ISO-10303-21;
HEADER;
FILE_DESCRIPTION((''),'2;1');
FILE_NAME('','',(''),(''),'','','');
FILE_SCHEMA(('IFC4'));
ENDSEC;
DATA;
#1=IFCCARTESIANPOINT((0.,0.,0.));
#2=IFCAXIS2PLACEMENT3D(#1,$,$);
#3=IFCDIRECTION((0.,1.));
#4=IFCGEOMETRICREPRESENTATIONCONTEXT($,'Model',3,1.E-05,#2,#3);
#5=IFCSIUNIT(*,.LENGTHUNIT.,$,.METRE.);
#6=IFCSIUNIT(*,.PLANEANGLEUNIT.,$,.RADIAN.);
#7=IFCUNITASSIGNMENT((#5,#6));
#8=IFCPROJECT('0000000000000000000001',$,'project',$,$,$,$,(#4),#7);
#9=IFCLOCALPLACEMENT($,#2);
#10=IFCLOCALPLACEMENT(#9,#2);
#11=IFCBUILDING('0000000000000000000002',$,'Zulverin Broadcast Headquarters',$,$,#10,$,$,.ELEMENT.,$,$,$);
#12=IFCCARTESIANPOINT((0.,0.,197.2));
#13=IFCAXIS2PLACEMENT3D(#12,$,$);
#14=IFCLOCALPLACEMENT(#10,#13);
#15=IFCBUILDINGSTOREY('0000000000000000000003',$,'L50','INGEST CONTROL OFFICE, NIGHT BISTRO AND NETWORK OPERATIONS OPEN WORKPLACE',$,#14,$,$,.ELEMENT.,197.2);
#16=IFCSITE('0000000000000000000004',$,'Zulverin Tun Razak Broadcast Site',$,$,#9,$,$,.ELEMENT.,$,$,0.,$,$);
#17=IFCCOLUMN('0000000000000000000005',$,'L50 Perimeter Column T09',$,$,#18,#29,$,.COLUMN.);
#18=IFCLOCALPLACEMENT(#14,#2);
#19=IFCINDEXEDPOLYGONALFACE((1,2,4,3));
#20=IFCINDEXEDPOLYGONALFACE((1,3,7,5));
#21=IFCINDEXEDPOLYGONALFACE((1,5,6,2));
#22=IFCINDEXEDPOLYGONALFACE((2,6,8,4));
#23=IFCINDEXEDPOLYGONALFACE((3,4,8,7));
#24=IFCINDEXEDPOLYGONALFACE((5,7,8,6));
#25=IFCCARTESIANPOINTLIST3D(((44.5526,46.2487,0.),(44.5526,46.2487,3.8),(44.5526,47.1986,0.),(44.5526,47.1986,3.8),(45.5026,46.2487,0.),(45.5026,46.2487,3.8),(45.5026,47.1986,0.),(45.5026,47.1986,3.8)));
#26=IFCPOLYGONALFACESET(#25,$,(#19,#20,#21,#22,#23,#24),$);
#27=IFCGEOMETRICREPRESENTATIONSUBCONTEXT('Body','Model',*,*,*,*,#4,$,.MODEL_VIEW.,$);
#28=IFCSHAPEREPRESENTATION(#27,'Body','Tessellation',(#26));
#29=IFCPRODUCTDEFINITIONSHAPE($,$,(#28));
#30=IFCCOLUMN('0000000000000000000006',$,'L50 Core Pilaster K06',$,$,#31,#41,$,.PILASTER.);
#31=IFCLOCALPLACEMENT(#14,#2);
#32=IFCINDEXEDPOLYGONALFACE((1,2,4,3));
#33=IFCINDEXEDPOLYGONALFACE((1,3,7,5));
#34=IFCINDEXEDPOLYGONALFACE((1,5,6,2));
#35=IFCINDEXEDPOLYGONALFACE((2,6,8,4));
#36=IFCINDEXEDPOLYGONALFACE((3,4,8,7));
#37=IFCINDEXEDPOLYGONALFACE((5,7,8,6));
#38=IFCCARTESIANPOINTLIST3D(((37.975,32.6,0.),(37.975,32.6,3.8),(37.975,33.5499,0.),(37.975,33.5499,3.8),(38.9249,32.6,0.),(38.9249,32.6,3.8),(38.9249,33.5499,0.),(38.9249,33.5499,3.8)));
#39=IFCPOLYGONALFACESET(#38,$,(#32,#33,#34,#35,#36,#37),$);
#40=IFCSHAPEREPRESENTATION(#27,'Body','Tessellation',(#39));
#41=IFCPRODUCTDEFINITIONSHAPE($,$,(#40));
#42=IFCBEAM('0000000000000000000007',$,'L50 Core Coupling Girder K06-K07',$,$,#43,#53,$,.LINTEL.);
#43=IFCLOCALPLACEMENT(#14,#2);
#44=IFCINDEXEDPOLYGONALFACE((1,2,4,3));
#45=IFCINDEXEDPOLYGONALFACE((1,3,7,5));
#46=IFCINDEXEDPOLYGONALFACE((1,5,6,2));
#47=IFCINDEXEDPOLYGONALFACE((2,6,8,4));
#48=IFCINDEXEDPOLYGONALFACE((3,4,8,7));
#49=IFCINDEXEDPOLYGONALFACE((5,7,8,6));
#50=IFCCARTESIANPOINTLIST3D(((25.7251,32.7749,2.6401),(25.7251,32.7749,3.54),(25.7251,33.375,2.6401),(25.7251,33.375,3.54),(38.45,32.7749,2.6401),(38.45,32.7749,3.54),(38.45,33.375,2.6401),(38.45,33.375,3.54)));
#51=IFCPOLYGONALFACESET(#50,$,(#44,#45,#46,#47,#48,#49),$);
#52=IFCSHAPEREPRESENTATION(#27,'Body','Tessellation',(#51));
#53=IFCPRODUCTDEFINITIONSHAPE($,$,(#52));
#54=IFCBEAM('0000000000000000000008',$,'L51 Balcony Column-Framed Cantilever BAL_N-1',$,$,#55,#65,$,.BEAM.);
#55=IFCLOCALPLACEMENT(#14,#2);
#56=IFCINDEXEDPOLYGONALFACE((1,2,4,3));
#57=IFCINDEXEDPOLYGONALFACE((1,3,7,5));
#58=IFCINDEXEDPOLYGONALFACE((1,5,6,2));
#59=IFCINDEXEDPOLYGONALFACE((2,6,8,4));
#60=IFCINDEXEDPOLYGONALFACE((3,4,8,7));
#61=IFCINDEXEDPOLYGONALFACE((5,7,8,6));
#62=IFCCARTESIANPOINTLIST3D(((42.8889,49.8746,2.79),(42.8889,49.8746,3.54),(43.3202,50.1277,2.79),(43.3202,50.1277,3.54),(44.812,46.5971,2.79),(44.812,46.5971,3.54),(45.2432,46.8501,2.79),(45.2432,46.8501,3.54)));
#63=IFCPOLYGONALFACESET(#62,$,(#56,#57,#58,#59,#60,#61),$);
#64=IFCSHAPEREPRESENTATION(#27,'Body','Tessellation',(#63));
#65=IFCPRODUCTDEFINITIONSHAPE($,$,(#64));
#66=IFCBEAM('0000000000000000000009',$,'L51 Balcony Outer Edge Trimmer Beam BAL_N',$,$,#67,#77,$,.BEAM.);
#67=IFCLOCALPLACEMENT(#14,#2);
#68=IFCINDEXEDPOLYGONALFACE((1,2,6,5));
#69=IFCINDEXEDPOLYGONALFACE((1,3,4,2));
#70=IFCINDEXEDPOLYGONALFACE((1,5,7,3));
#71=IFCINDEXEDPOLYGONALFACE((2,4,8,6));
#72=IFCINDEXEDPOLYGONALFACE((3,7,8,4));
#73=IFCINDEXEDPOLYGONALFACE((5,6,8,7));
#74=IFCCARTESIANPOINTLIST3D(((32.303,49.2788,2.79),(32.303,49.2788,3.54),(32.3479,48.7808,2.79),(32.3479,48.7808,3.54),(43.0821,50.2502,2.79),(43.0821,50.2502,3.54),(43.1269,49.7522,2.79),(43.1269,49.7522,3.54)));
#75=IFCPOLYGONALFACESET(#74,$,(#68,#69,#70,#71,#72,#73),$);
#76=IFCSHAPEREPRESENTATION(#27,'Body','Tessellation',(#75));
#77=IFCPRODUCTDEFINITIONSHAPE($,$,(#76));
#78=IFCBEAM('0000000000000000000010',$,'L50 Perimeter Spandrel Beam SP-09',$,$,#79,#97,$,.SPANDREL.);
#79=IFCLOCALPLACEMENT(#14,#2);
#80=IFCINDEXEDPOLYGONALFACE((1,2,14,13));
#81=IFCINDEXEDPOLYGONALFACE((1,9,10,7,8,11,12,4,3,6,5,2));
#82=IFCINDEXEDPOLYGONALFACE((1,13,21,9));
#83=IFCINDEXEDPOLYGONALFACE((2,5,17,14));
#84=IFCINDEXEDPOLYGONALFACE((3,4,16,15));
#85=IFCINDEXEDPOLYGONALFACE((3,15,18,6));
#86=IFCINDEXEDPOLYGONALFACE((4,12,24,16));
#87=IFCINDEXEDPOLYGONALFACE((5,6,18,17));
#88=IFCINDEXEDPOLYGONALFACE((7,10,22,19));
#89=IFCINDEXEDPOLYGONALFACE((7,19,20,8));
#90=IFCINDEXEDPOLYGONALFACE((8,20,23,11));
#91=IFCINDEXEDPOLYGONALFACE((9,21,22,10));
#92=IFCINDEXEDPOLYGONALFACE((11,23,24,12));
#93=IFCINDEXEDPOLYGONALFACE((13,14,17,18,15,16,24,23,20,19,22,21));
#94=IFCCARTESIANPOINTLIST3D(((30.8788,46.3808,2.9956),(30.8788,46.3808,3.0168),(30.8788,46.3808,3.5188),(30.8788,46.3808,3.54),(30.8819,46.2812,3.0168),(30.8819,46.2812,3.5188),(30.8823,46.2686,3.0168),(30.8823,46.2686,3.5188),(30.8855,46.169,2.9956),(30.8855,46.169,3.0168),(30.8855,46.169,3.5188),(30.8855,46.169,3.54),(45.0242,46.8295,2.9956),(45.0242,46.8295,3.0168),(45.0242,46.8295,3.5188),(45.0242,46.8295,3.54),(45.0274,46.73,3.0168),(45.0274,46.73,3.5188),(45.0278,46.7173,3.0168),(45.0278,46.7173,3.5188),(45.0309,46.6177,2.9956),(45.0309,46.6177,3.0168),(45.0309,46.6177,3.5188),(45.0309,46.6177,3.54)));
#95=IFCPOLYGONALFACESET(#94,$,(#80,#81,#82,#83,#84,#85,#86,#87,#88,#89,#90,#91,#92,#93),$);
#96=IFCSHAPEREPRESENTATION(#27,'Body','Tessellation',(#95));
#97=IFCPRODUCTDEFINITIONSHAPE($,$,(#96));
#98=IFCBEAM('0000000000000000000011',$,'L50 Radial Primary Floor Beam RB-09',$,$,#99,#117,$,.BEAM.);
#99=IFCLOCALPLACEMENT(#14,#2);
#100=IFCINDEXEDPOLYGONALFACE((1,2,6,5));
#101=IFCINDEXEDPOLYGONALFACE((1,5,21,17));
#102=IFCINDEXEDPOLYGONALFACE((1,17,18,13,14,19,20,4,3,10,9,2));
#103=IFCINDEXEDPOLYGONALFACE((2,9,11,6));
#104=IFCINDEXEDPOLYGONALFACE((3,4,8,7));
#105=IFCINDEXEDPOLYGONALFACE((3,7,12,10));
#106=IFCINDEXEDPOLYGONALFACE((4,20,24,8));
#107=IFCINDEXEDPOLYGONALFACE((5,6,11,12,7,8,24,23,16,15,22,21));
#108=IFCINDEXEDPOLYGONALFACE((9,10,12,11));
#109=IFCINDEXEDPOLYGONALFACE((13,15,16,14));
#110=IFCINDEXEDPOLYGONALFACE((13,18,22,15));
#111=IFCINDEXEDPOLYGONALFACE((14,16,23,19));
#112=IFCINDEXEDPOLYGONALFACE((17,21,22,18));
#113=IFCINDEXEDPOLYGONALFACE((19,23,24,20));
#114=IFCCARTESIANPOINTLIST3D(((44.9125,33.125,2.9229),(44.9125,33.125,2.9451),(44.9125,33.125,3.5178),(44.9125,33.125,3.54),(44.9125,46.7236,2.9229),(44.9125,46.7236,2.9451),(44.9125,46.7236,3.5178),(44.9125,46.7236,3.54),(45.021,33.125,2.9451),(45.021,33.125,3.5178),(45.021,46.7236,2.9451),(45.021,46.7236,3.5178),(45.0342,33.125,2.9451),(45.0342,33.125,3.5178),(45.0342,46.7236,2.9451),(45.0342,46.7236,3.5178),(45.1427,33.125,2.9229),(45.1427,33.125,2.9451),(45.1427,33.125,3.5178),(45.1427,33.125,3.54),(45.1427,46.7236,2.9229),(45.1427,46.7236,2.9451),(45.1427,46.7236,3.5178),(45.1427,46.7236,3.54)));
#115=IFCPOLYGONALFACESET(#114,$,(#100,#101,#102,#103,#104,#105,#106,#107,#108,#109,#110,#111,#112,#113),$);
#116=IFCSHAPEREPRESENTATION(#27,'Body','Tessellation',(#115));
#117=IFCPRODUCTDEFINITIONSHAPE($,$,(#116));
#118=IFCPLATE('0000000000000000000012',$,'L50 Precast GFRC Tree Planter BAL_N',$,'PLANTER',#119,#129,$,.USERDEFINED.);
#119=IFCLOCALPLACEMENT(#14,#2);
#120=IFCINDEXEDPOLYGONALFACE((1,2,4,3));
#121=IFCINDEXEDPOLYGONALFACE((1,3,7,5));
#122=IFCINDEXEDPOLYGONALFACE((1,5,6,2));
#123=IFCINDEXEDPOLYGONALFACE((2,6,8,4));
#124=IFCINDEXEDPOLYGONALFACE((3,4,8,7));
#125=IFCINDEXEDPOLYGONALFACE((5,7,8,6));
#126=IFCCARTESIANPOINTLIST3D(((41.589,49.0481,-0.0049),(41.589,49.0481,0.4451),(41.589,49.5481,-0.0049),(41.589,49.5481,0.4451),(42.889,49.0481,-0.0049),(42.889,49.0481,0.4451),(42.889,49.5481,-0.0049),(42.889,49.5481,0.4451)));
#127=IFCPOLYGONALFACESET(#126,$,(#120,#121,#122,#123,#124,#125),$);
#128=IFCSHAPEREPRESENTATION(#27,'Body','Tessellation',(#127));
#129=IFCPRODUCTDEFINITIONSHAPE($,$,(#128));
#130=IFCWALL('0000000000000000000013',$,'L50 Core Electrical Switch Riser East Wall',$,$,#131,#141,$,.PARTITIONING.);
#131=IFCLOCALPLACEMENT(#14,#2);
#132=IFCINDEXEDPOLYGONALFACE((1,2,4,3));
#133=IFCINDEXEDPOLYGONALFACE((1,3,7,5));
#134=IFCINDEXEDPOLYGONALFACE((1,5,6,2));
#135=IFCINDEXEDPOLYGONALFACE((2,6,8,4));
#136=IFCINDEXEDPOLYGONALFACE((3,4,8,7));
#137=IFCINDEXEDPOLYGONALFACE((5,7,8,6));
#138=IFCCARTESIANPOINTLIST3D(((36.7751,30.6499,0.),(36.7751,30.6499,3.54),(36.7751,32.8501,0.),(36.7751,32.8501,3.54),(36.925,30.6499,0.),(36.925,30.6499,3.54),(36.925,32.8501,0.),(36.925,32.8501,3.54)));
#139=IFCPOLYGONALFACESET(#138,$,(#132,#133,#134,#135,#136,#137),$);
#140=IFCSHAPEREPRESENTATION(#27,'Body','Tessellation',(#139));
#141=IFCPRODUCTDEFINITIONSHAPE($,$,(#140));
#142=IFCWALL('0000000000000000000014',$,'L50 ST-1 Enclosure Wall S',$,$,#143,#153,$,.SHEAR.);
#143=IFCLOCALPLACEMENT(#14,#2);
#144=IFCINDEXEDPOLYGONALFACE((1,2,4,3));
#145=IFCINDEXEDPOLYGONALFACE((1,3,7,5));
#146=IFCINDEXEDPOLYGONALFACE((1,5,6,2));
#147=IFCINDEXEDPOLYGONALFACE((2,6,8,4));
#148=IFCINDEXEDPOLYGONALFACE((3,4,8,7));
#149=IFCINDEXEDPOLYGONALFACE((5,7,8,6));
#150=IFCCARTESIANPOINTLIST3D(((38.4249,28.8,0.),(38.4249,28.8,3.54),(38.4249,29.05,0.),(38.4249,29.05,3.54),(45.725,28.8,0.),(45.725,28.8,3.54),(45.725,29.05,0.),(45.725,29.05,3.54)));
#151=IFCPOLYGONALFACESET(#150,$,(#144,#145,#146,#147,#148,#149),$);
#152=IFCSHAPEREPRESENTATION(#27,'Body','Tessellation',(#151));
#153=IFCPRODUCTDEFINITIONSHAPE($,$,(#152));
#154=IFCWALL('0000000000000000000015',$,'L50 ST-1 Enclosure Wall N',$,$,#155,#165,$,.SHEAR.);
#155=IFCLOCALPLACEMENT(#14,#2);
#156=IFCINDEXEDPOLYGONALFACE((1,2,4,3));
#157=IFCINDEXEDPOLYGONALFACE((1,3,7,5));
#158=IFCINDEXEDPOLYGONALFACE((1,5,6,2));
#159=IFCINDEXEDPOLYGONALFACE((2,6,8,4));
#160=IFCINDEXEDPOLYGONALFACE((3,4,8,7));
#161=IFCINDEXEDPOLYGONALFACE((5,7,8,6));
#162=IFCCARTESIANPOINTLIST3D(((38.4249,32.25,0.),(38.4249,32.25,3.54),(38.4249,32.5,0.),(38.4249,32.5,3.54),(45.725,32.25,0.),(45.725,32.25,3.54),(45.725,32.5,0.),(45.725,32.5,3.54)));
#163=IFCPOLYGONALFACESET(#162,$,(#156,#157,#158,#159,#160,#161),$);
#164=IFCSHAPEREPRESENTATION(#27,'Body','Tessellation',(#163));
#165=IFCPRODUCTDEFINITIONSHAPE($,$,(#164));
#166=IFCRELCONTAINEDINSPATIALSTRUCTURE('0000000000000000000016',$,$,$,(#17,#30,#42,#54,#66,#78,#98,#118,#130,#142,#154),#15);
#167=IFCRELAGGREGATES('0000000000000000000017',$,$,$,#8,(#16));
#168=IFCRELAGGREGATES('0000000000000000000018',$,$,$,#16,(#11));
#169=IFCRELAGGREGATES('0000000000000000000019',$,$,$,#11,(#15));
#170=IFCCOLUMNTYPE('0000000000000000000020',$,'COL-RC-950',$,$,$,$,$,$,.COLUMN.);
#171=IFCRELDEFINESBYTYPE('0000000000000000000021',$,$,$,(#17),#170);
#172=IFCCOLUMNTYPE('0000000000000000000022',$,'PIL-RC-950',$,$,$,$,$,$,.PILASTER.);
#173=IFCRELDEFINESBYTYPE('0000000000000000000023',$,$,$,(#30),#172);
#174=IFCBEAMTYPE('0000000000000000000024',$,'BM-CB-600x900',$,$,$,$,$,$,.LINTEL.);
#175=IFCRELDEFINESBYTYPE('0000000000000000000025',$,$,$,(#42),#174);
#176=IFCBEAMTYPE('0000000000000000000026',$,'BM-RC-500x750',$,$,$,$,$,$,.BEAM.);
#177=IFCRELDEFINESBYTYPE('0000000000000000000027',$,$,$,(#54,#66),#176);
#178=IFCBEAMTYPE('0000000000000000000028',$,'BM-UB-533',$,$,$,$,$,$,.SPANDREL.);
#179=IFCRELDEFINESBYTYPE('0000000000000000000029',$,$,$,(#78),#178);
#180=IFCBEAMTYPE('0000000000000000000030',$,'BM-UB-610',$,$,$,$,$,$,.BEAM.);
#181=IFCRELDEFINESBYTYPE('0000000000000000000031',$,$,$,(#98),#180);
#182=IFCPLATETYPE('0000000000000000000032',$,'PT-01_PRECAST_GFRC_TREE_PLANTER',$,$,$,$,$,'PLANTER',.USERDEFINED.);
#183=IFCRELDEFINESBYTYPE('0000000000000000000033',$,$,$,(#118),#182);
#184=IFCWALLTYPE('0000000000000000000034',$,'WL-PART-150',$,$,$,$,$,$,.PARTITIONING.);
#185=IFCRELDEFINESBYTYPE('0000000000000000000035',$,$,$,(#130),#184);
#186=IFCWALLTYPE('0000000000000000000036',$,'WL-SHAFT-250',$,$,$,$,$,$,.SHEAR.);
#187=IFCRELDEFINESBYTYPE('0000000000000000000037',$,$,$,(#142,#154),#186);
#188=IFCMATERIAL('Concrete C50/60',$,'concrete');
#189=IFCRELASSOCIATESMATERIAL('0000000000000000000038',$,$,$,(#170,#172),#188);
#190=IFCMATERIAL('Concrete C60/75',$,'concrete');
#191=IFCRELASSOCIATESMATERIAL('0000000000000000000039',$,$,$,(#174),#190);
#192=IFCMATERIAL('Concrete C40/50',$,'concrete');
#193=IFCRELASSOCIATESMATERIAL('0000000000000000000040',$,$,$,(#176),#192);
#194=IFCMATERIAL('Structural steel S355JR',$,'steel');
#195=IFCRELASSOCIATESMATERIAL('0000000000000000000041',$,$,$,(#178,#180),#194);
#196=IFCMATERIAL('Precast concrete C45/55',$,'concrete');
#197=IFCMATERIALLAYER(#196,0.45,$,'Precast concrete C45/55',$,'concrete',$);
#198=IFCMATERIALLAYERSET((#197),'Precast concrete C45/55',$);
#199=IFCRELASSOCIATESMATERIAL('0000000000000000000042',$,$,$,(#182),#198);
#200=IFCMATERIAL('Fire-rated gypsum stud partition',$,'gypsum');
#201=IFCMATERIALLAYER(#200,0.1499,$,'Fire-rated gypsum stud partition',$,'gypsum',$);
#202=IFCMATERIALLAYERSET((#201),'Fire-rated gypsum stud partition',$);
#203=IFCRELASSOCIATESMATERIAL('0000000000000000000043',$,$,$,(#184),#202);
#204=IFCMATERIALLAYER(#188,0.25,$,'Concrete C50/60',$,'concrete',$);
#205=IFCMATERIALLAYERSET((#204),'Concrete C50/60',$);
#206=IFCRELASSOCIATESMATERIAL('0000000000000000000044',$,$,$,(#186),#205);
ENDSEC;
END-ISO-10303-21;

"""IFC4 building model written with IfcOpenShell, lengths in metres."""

from ifc_helpers import new_model, si_unit, direction, frame, frame_2d, origin, origin_2d, place, context, subcontext, project, spatial, rectangle, i_section, extrude, material, layer, layer_set, material_profile, profile_set, type_object, element, save


model = new_model("IFC4")

# Units and contexts
model_context = context("Model", 3, precision=1e-05, world=origin(), true_north=direction((0.0, 1.0)))
body_context = subcontext(model_context, "Body", "Model", "MODEL_VIEW")
ifc_project = project(units=[si_unit("LENGTHUNIT", "METRE"), si_unit("PLANEANGLEUNIT", "RADIAN")], contexts=[model_context])

# Site, building, storey
site_placement = place(None, origin())
site = spatial("IfcSite", under=ifc_project, at=site_placement, Name="Zulverin Tun Razak Broadcast Site", CompositionType="ELEMENT", RefElevation=0.0)
building_placement = place(site_placement, origin())
building = spatial("IfcBuilding", under=site, at=building_placement, Name="Zulverin Broadcast Headquarters", CompositionType="ELEMENT")
storey_placement = place(building_placement, frame((0.0, 0.0, 197.2)))
storey = spatial("IfcBuildingStorey", under=building, at=storey_placement, Name="L50", Description="INGEST CONTROL OFFICE, NIGHT BISTRO AND NETWORK OPERATIONS OPEN WORKPLACE", CompositionType="ELEMENT", Elevation=197.2)

# Columns
ifc_material_1 = material(Name="Concrete C50/60", Category="concrete")
ifc_material_profile_1 = material_profile(ifc_material_1, rectangle(XDim=0.95, YDim=0.95, at=origin_2d()), Name="Concrete C50/60", Category="concrete")
ifc_profile_set_1 = profile_set([ifc_material_profile_1], Name="Concrete C50/60")
column_type_1 = type_object("IfcColumnType", Name="COL-RC-950", PredefinedType="COLUMN", material=ifc_profile_set_1)
column_1_placement = place(storey_placement, frame((45.0276, 46.7236, 0.0), z_axis=(0.0, 0.0, 1.0), x_axis=(1.0, 0.0, 0.0)))
element("IfcColumn", 1, at=column_1_placement, inside=storey, type_object=column_type_1, Name="L50 Perimeter Column T09", PredefinedType="COLUMN", context=body_context, shape_type="SweptSolid", body=[
    extrude(rectangle(XDim=0.95, YDim=0.95, at=origin_2d()), origin(), (0.0, 0.0, 1.0), 3.8),
])
ifc_material_profile_2 = material_profile(ifc_material_1, rectangle(XDim=0.95, YDim=0.95, at=origin_2d()), Name="Concrete C50/60", Category="concrete")
ifc_profile_set_2 = profile_set([ifc_material_profile_2], Name="Concrete C50/60")
column_type_2 = type_object("IfcColumnType", Name="PIL-RC-950", PredefinedType="PILASTER", material=ifc_profile_set_2)
column_2_placement = place(storey_placement, frame((38.45, 33.075, 0.0), z_axis=(0.0, 0.0, 1.0), x_axis=(1.0, 0.0, 0.0)))
element("IfcColumn", 2, at=column_2_placement, inside=storey, type_object=column_type_2, Name="L50 Core Pilaster K06", PredefinedType="PILASTER", context=body_context, shape_type="SweptSolid", body=[
    extrude(rectangle(XDim=0.95, YDim=0.95, at=origin_2d()), origin(), (0.0, 0.0, 1.0), 3.8),
])

# Beams
ifc_material_2 = material(Name="Concrete C60/75", Category="concrete")
ifc_material_profile_3 = material_profile(ifc_material_2, rectangle(XDim=0.6001, YDim=0.8999, at=origin_2d()), Name="Concrete C60/75", Category="concrete")
ifc_profile_set_3 = profile_set([ifc_material_profile_3], Name="Concrete C60/75")
beam_type_1 = type_object("IfcBeamType", Name="BM-CB-600x900", PredefinedType="LINTEL", material=ifc_profile_set_3)
beam_1_placement = place(storey_placement, frame((38.45, 33.075, 3.0901), z_axis=(-1.0, 0.0, 0.0), x_axis=(0.0, -1.0, 0.0)))
element("IfcBeam", 3, at=beam_1_placement, inside=storey, type_object=beam_type_1, Name="L50 Core Coupling Girder K06-K07", PredefinedType="LINTEL", context=body_context, shape_type="SweptSolid", body=[
    extrude(rectangle(XDim=0.6001, YDim=0.8999, at=origin_2d()), origin(), (0.0, 0.0, 1.0), 12.7249),
])
ifc_material_3 = material(Name="Concrete C40/50", Category="concrete")
ifc_material_profile_4 = material_profile(ifc_material_3, rectangle(XDim=0.5, YDim=0.75, at=origin_2d()), Name="Concrete C40/50", Category="concrete")
ifc_profile_set_4 = profile_set([ifc_material_profile_4], Name="Concrete C40/50")
beam_type_2 = type_object("IfcBeamType", Name="BM-RC-500x750", PredefinedType="BEAM", material=ifc_profile_set_4)
beam_2_placement = place(storey_placement, frame((45.0276, 46.7236, 3.165), z_axis=(-0.506062, 0.862497, 0.0), x_axis=(-0.862497, -0.506062, 0.0)))
element("IfcBeam", 4, at=beam_2_placement, inside=storey, type_object=beam_type_2, Name="L51 Balcony Column-Framed Cantilever BAL_N-1", PredefinedType="BEAM", context=body_context, shape_type="SweptSolid", body=[
    extrude(rectangle(XDim=0.5, YDim=0.75, at=origin_2d()), origin(), (0.0, 0.0, 1.0), 3.8),
])
beam_3_placement = place(storey_placement, frame((43.1045, 50.0012, 3.165), z_axis=(-0.995964, -0.089759, 0.0), x_axis=(0.089759, -0.995964, 0.0)))
element("IfcBeam", 5, at=beam_3_placement, inside=storey, type_object=beam_type_2, Name="L51 Balcony Outer Edge Trimmer Beam BAL_N", PredefinedType="BEAM", context=body_context, shape_type="SweptSolid", body=[
    extrude(rectangle(XDim=0.5, YDim=0.75, at=origin_2d()), origin(), (0.0, 0.0, 1.0), 10.8228),
])
ifc_material_4 = material(Name="Structural steel S355JR", Category="steel")
ifc_material_profile_5 = material_profile(ifc_material_4, i_section(OverallWidth=0.2119, OverallDepth=0.5444, WebThickness=0.0127, FlangeThickness=0.0212, at=origin_2d()), Name="Structural steel S355JR", Category="steel")
ifc_profile_set_5 = profile_set([ifc_material_profile_5], Name="Structural steel S355JR")
beam_type_3 = type_object("IfcBeamType", Name="BM-UB-533", PredefinedType="SPANDREL", material=ifc_profile_set_5)
beam_4_placement = place(storey_placement, frame((45.0276, 46.7236, 3.2678), z_axis=(-0.999497, -0.031707, 0.0), x_axis=(0.031707, -0.999497, 0.0)))
element("IfcBeam", 6, at=beam_4_placement, inside=storey, type_object=beam_type_3, Name="L50 Perimeter Spandrel Beam SP-09", PredefinedType="SPANDREL", context=body_context, shape_type="SweptSolid", body=[
    extrude(i_section(OverallWidth=0.2119, OverallDepth=0.5444, WebThickness=0.0127, FlangeThickness=0.0212, at=origin_2d()), origin(), (0.0, 0.0, 1.0), 14.1526),
])
ifc_material_profile_6 = material_profile(ifc_material_4, i_section(OverallWidth=0.2302, OverallDepth=0.6172, WebThickness=0.0132, FlangeThickness=0.0222, at=origin_2d()), Name="Structural steel S355JR", Category="steel")
ifc_profile_set_6 = profile_set([ifc_material_profile_6], Name="Structural steel S355JR")
beam_type_4 = type_object("IfcBeamType", Name="BM-UB-610", PredefinedType="BEAM", material=ifc_profile_set_6)
beam_5_placement = place(storey_placement, frame((45.0276, 33.125, 3.2314), z_axis=(0.0, 1.0, 0.0), x_axis=(-1.0, 0.0, 0.0)))
element("IfcBeam", 7, at=beam_5_placement, inside=storey, type_object=beam_type_4, Name="L50 Radial Primary Floor Beam RB-09", PredefinedType="BEAM", context=body_context, shape_type="SweptSolid", body=[
    extrude(i_section(OverallWidth=0.2302, OverallDepth=0.6172, WebThickness=0.0132, FlangeThickness=0.0222, at=origin_2d()), origin(), (0.0, 0.0, 1.0), 13.5986),
])

# Plate
ifc_material_5 = material(Name="Precast concrete C45/55", Category="concrete")
ifc_layer_1 = layer(ifc_material_5, 0.45, Name="Precast concrete C45/55", Category="concrete")
ifc_layer_set_1 = layer_set([ifc_layer_1], Name="Precast concrete C45/55")
plate_type = type_object("IfcPlateType", Name="PT-01_PRECAST_GFRC_TREE_PLANTER", ElementType="PLANTER", PredefinedType="USERDEFINED", material=ifc_layer_set_1)
plate_placement = place(storey_placement, frame((42.239, 49.2981, -0.0049), z_axis=(0.0, 0.0, 1.0), x_axis=(1.0, 0.0, 0.0)))
element("IfcPlate", 8, at=plate_placement, inside=storey, type_object=plate_type, Name="L50 Precast GFRC Tree Planter BAL_N", ObjectType="PLANTER", PredefinedType="USERDEFINED", context=body_context, shape_type="SweptSolid", body=[
    extrude(rectangle(XDim=1.3, YDim=0.5, at=origin_2d()), origin(), (0.0, 0.0, 1.0), 0.45),
])

# Walls
ifc_material_6 = material(Name="Fire-rated gypsum stud partition", Category="gypsum")
ifc_layer_2 = layer(ifc_material_6, 0.1499, Name="Fire-rated gypsum stud partition", Category="gypsum")
ifc_layer_set_2 = layer_set([ifc_layer_2], Name="Fire-rated gypsum stud partition")
wall_type_1 = type_object("IfcWallType", Name="WL-PART-150", PredefinedType="PARTITIONING", material=ifc_layer_set_2)
wall_1_placement = place(storey_placement, frame((36.8501, 30.6499, 0.0), z_axis=(0.0, 0.0, 1.0), x_axis=(0.0, 1.0, 0.0)))
element("IfcWall", 9, at=wall_1_placement, inside=storey, type_object=wall_type_1, Name="L50 Core Electrical Switch Riser East Wall", PredefinedType="PARTITIONING", context=body_context, shape_type="SweptSolid", body=[
    extrude(rectangle(XDim=2.2002, YDim=0.1499, at=frame_2d((1.1001, 0.0))), origin(), (0.0, 0.0, 1.0), 3.54),
])
ifc_layer_3 = layer(ifc_material_1, 0.25, Name="Concrete C50/60", Category="concrete")
ifc_layer_set_3 = layer_set([ifc_layer_3], Name="Concrete C50/60")
wall_type_2 = type_object("IfcWallType", Name="WL-SHAFT-250", PredefinedType="SHEAR", material=ifc_layer_set_3)
for number, where, z_axis, x_axis, name in (
    (10, (38.425, 28.925, 0.0), (0.0, 0.0, 1.0), (1.0, 0.0, 0.0), "L50 ST-1 Enclosure Wall S"),
    (11, (38.425, 32.375, 0.0), (0.0, 0.0, 1.0), (1.0, 0.0, 0.0), "L50 ST-1 Enclosure Wall N"),
):
    element("IfcWall", number, at=place(storey_placement, frame(where, z_axis=z_axis, x_axis=x_axis)), inside=storey, type_object=wall_type_2, Name=name, PredefinedType="SHEAR", context=body_context, shape_type="SweptSolid", body=[
        extrude(rectangle(XDim=7.3, YDim=0.25, at=frame_2d((3.6499, 0.0))), origin(), (0.0, 0.0, 1.0), 3.54),
    ])

save(model, "model.ifc")
